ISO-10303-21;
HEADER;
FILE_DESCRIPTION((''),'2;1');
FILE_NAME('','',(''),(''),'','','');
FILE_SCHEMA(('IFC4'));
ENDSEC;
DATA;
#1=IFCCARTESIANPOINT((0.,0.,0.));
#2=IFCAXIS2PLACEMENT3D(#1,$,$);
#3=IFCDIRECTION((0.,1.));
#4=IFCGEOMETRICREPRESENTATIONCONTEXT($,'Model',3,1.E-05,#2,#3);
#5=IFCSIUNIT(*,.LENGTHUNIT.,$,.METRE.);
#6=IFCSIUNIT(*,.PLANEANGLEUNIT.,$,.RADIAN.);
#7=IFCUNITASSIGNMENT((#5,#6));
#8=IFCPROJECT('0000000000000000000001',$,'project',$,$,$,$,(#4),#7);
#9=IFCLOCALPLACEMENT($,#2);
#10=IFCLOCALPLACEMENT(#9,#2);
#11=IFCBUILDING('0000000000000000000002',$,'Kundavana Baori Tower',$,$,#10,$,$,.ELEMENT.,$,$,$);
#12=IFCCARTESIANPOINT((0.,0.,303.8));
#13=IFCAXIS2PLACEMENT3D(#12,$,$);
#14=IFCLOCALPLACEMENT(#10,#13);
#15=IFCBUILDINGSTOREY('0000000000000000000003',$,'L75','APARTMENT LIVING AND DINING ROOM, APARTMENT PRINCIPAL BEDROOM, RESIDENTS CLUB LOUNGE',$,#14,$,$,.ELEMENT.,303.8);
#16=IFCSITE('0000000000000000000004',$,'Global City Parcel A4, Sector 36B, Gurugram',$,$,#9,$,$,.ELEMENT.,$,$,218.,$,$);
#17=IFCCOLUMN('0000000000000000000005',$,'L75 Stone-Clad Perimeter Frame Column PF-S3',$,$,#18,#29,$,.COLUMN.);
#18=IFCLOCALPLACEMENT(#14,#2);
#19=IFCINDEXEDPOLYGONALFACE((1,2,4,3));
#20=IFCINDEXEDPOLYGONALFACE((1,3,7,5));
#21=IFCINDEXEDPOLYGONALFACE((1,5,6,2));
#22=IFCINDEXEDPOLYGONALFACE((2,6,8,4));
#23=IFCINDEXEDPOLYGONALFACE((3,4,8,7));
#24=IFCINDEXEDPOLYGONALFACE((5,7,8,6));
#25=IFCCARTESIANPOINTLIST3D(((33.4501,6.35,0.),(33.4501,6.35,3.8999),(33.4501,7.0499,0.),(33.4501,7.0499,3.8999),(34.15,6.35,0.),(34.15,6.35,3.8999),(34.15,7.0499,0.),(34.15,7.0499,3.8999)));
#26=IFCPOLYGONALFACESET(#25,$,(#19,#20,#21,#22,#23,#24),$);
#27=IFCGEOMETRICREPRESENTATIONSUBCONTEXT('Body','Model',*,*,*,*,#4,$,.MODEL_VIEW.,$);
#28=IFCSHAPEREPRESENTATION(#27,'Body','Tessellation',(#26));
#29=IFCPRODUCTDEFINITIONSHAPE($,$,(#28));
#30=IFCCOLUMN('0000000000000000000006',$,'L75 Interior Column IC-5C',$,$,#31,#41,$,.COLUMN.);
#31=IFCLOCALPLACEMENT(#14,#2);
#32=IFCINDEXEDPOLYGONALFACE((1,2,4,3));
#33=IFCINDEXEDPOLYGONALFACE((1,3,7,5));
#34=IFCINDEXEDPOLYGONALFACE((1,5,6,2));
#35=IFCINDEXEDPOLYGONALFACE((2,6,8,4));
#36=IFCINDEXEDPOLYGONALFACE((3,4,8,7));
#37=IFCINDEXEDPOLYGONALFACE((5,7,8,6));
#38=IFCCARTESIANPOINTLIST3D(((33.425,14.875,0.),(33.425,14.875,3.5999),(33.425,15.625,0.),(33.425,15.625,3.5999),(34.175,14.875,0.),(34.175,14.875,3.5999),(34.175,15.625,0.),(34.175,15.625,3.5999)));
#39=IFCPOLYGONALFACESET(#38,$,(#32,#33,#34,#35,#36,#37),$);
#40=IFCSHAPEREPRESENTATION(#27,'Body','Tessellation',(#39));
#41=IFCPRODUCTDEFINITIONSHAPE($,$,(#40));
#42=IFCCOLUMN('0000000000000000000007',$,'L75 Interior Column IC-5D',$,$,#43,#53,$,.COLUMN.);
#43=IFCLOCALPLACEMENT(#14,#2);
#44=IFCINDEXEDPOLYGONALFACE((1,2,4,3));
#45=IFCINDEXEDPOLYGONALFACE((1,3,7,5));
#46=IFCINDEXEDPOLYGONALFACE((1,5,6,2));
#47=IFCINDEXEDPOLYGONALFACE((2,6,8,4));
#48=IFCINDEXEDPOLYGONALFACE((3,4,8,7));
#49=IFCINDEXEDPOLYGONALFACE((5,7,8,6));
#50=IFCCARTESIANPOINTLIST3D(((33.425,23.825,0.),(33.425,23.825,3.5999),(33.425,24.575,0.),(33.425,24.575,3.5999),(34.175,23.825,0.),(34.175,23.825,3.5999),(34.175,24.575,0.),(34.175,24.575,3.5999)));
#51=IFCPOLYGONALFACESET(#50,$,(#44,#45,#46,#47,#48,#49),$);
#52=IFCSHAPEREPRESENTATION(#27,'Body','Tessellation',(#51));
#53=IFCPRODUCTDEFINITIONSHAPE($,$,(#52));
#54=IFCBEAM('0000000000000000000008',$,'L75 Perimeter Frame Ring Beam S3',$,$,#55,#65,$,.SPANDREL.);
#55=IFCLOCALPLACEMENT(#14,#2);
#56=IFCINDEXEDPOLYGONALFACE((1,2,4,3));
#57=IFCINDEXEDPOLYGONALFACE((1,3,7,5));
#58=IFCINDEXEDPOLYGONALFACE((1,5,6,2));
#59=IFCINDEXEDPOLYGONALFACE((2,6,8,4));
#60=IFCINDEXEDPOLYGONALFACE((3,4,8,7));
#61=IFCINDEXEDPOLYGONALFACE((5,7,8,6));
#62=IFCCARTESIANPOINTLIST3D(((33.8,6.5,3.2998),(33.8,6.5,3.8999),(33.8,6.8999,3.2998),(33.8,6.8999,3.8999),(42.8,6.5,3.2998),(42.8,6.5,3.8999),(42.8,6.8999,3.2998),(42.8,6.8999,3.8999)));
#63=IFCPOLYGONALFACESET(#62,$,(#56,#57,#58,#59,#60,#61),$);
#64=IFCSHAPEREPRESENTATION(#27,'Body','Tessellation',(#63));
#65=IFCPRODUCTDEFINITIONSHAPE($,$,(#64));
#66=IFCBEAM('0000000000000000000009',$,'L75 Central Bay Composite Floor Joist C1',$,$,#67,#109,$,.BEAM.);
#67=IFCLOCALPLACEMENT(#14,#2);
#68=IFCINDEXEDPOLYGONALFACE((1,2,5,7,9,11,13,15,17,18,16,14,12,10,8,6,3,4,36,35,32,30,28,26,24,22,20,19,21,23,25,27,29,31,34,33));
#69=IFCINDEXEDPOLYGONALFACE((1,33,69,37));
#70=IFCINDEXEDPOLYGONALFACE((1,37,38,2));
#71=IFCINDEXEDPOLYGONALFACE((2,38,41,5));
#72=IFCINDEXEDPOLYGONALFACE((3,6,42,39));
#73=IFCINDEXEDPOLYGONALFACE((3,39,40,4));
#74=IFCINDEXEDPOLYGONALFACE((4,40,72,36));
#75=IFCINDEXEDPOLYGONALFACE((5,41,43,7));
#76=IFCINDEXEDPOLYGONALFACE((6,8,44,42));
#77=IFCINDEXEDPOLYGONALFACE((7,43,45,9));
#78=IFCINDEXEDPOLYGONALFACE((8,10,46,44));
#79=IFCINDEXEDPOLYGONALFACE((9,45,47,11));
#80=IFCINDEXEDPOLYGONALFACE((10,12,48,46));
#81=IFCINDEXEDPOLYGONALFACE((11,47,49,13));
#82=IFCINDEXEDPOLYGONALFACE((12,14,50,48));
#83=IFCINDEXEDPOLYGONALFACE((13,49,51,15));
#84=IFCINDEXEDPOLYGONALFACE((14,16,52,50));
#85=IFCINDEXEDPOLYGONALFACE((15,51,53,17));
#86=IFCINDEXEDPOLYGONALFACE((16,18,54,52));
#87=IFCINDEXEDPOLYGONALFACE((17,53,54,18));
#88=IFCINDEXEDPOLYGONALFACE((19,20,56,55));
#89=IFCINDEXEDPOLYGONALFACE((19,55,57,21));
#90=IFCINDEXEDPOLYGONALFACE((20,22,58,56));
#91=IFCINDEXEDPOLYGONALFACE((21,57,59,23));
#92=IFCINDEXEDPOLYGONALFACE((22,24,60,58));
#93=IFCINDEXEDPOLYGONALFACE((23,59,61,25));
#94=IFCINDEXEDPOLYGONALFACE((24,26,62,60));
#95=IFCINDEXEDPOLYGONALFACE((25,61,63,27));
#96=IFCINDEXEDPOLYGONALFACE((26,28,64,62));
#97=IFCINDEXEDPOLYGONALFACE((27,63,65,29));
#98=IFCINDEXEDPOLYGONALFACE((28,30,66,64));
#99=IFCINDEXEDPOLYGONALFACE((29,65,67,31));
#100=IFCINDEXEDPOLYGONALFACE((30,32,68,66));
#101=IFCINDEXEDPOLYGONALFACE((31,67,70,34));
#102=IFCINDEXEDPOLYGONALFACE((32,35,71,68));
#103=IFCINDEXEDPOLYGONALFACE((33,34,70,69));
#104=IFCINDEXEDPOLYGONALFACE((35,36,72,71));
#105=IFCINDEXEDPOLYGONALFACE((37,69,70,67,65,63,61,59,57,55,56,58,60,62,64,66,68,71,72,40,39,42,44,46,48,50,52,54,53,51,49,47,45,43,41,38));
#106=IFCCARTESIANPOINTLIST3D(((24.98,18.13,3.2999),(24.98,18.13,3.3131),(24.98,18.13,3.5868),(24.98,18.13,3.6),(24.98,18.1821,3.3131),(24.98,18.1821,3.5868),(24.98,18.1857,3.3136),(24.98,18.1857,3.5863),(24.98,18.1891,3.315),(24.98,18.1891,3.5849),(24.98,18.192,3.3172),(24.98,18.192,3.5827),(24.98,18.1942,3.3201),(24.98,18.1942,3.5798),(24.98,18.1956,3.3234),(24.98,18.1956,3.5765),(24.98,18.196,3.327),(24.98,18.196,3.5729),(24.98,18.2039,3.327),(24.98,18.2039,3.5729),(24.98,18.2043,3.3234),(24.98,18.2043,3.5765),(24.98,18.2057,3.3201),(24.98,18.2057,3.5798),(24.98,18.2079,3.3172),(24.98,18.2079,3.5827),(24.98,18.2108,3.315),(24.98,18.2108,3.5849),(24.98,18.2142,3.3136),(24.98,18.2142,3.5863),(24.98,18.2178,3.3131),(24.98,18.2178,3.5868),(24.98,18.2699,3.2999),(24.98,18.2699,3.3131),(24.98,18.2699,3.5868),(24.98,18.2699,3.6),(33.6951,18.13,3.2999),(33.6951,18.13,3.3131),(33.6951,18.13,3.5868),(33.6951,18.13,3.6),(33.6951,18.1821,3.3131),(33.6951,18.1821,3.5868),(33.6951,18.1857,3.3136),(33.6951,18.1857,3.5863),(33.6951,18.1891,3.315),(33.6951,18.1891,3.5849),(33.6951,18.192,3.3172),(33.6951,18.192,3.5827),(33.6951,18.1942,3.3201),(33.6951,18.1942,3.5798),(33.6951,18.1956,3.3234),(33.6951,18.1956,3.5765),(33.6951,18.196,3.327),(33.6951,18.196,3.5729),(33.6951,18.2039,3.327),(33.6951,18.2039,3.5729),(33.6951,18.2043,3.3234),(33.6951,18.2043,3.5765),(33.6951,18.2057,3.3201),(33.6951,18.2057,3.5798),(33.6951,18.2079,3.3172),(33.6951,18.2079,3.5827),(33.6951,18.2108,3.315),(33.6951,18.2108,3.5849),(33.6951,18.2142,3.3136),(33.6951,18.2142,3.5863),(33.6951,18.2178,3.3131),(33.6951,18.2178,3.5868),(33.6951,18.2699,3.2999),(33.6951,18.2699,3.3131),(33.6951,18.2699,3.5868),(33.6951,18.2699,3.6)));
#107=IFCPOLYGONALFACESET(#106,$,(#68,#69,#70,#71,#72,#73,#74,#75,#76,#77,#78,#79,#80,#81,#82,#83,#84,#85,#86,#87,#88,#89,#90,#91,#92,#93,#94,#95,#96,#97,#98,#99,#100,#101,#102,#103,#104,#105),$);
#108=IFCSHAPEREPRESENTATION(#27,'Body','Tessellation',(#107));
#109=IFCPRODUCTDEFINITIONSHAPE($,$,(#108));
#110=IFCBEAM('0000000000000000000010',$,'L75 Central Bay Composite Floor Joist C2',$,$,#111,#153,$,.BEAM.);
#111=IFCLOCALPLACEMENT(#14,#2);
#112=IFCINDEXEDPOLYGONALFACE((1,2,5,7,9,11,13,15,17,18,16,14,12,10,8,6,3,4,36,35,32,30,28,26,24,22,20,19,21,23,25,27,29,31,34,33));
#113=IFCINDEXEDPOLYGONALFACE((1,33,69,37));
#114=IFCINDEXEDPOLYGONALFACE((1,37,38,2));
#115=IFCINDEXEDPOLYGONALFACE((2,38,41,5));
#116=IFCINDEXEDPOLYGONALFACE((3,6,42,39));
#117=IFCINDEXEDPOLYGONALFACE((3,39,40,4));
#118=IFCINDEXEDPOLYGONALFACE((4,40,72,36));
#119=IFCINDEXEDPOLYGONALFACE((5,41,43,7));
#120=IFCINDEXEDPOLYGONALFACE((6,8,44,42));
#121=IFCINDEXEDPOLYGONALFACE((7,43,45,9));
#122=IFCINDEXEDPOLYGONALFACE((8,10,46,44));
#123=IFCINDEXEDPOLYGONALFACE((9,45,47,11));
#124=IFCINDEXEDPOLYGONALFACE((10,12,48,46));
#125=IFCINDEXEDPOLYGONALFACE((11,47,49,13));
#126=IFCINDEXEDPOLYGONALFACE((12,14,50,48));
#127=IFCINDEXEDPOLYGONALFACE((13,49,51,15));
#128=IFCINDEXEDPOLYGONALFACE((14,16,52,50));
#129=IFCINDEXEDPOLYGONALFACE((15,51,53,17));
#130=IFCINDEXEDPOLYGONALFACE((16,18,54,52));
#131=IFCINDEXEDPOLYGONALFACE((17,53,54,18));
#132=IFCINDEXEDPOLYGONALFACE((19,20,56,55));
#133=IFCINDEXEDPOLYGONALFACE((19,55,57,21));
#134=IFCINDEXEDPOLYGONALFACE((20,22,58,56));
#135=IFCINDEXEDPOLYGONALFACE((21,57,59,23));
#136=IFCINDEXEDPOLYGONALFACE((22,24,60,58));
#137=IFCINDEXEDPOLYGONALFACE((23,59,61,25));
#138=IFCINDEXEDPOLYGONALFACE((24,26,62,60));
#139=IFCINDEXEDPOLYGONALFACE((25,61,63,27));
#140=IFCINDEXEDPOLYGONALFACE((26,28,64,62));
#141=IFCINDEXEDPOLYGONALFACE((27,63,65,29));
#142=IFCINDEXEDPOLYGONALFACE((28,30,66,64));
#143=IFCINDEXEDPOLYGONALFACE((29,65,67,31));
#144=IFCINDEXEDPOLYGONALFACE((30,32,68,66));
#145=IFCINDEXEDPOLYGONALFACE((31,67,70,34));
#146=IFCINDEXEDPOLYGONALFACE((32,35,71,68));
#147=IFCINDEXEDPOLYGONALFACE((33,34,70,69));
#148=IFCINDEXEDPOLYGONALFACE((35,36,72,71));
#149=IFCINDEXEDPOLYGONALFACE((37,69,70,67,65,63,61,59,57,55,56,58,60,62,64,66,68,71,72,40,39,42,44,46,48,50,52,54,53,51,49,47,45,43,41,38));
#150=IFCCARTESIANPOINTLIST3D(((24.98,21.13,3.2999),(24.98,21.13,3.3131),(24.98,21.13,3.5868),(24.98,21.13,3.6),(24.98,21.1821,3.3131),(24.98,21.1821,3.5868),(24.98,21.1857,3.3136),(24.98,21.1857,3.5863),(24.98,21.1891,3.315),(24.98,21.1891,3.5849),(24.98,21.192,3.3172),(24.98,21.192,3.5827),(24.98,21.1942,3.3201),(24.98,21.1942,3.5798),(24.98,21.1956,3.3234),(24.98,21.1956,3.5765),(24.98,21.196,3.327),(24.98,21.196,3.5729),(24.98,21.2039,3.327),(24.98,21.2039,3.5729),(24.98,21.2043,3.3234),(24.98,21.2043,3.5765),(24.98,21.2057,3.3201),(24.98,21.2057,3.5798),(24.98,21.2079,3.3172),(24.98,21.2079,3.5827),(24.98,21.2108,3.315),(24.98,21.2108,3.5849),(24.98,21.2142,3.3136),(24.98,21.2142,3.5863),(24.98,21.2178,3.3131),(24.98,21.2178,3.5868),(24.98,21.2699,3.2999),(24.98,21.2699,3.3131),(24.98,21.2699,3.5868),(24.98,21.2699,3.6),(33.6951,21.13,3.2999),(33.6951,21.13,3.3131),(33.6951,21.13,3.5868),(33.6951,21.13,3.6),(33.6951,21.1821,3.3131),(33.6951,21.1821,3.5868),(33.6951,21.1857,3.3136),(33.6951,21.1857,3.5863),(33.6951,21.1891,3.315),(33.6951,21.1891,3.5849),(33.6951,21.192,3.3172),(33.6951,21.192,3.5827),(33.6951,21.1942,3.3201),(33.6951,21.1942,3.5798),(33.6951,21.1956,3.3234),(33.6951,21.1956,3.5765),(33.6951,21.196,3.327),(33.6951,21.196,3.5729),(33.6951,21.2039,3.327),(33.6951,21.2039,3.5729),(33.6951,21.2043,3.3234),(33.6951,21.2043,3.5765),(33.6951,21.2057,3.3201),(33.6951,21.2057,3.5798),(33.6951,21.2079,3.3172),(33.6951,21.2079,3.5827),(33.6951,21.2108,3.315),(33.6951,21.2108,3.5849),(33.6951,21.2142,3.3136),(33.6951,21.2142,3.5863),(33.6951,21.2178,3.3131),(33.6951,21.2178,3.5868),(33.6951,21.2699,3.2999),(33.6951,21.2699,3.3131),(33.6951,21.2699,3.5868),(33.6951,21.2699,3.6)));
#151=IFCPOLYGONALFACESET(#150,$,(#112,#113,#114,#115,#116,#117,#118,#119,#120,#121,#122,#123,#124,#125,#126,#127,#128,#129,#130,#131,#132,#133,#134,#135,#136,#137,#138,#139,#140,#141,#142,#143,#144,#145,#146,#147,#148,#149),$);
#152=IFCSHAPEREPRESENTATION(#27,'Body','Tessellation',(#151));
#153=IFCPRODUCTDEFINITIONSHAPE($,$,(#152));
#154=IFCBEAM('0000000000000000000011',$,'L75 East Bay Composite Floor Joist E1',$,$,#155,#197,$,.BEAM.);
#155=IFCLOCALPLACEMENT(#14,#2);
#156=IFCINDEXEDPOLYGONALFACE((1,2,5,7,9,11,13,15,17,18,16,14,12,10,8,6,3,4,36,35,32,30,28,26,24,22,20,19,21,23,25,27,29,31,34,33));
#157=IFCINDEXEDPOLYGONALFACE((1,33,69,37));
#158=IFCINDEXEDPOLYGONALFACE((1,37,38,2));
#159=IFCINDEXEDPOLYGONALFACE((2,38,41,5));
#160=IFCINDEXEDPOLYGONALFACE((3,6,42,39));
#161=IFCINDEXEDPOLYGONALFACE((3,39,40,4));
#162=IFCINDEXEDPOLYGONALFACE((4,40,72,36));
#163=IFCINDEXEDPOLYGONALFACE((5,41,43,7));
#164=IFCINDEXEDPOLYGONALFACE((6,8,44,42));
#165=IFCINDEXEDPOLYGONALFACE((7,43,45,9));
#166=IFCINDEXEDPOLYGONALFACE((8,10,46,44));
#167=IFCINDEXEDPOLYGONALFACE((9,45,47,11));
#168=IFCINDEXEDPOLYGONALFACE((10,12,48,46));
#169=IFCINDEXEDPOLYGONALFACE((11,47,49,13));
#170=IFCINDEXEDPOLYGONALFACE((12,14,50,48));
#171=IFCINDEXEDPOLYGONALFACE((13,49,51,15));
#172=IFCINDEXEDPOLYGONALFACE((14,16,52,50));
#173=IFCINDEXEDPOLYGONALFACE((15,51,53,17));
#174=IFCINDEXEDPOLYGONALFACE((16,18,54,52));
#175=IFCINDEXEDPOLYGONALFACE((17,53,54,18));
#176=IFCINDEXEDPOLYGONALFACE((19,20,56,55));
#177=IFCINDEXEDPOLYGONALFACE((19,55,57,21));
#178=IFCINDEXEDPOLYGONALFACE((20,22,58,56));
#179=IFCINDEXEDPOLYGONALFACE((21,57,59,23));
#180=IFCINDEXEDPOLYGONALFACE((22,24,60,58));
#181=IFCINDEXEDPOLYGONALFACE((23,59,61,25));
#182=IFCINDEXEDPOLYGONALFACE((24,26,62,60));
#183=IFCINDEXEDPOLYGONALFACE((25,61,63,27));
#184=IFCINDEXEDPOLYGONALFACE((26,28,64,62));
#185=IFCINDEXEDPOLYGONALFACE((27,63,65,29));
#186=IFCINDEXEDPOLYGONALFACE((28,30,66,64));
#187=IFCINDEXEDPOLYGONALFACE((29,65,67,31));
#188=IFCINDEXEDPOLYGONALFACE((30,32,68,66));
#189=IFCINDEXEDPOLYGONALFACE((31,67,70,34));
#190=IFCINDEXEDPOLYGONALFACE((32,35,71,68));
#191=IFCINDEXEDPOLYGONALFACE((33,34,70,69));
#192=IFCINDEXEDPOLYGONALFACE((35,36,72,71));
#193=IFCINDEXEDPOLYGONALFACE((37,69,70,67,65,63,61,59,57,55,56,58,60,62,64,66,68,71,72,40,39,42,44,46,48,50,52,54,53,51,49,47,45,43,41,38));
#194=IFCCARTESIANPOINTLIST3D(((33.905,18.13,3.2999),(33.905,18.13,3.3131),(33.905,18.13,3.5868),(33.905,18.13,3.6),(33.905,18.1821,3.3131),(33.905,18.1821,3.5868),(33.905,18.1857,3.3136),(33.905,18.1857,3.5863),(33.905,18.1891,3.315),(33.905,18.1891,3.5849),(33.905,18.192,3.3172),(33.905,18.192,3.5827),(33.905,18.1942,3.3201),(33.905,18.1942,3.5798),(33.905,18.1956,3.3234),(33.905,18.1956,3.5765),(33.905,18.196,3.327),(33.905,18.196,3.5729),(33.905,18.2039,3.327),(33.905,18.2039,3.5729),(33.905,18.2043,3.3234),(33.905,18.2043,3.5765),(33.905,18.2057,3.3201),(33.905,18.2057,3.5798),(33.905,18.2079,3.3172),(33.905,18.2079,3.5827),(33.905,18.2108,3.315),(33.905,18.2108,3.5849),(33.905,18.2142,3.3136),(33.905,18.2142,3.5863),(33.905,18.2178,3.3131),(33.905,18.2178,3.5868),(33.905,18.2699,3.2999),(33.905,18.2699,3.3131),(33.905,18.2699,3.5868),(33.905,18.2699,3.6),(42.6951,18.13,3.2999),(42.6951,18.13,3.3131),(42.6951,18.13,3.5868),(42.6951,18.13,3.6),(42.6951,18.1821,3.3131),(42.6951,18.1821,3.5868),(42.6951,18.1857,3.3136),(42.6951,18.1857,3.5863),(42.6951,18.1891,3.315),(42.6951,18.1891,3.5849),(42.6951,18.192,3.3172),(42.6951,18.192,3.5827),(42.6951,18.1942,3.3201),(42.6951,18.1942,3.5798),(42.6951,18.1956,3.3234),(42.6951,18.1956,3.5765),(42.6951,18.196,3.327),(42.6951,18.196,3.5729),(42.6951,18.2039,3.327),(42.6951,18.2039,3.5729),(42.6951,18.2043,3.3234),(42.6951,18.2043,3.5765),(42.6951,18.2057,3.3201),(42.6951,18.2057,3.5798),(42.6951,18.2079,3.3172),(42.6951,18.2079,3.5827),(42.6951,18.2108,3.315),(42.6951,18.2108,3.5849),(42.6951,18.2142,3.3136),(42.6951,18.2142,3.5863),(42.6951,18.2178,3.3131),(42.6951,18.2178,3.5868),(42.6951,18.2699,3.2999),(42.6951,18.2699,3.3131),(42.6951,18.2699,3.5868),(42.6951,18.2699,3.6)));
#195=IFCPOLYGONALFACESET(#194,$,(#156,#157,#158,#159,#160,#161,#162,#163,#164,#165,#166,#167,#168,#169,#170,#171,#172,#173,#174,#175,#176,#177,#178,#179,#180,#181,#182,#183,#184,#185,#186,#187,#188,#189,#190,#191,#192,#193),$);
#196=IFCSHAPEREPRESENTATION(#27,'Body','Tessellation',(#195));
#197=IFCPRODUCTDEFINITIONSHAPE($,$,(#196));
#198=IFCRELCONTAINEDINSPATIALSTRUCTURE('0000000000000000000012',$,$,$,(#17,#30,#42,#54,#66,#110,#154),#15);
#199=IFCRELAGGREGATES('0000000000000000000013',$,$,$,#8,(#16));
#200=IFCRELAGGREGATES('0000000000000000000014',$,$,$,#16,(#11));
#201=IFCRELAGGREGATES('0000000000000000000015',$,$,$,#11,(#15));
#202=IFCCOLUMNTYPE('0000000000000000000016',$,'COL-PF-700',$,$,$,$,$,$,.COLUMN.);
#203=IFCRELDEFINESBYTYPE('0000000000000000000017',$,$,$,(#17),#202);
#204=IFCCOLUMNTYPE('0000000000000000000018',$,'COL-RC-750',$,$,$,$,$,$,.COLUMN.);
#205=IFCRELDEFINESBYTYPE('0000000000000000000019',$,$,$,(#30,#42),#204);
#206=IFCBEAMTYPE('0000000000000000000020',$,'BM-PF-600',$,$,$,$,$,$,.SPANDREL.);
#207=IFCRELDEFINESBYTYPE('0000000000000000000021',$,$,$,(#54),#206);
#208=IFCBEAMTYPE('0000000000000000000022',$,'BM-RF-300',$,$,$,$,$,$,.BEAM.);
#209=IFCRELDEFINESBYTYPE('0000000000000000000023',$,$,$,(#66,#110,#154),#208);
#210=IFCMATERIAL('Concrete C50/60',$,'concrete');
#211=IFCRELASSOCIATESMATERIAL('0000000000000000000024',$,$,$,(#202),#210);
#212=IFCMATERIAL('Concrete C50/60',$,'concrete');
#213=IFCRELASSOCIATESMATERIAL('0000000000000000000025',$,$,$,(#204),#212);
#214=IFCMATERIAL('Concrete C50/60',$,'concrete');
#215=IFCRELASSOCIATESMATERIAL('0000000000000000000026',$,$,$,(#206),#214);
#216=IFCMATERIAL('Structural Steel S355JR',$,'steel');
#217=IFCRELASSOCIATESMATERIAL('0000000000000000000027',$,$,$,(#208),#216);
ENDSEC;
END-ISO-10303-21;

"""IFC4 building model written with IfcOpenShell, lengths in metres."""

from ifc_helpers import new_model, si_unit, direction, frame, origin, origin_2d, place, context, subcontext, project, spatial, rectangle, i_section, extrude, material, material_profile, profile_set, type_object, element, save


model = new_model("IFC4")

# Units and contexts
model_context = context("Model", 3, precision=1e-05, world=origin(), true_north=direction((0.0, 1.0)))
body_context = subcontext(model_context, "Body", "Model", "MODEL_VIEW")
ifc_project = project(units=[si_unit("LENGTHUNIT", "METRE"), si_unit("PLANEANGLEUNIT", "RADIAN")], contexts=[model_context])

# Site, building, storey
site_placement = place(None, origin())
site = spatial("IfcSite", under=ifc_project, at=site_placement, Name="Global City Parcel A4, Sector 36B, Gurugram", CompositionType="ELEMENT", RefElevation=218.0)
building_placement = place(site_placement, origin())
building = spatial("IfcBuilding", under=site, at=building_placement, Name="Kundavana Baori Tower", CompositionType="ELEMENT")
storey_placement = place(building_placement, frame((0.0, 0.0, 303.8)))
storey = spatial("IfcBuildingStorey", under=building, at=storey_placement, Name="L75", Description="APARTMENT LIVING AND DINING ROOM, APARTMENT PRINCIPAL BEDROOM, RESIDENTS CLUB LOUNGE", CompositionType="ELEMENT", Elevation=303.8)

# Columns
ifc_material_1 = material(Name="Concrete C50/60", Category="concrete")
ifc_material_profile_1 = material_profile(ifc_material_1, rectangle(XDim=0.7, YDim=0.7, at=origin_2d()), Name="RC PF 700x700")
ifc_profile_set_1 = profile_set([ifc_material_profile_1], Name="Concrete C50/60")
column_type_1 = type_object("IfcColumnType", Name="COL-PF-700", PredefinedType="COLUMN", material=ifc_profile_set_1)
column_placement = place(storey_placement, frame((33.8, 6.7, 0.0), z_axis=(0.0, 0.0, 1.0), x_axis=(1.0, 0.0, 0.0)))
element("IfcColumn", 1, at=column_placement, inside=storey, type_object=column_type_1, Name="L75 Stone-Clad Perimeter Frame Column PF-S3", PredefinedType="COLUMN", context=body_context, shape_type="SweptSolid", body=[
    extrude(rectangle(XDim=0.7, YDim=0.7, at=origin_2d()), origin(), (0.0, 0.0, 1.0), 3.8999),
])
ifc_material_2 = material(Name="Concrete C50/60", Category="concrete")
ifc_material_profile_2 = material_profile(ifc_material_2, rectangle(XDim=0.75, YDim=0.75, at=origin_2d()), Name="RC 750x750")
ifc_profile_set_2 = profile_set([ifc_material_profile_2], Name="Concrete C50/60")
column_type_2 = type_object("IfcColumnType", Name="COL-RC-750", PredefinedType="COLUMN", material=ifc_profile_set_2)
for number, where, z_axis, x_axis, name in (
    (2, (33.8, 15.25, 0.0), (0.0, 0.0, 1.0), (1.0, 0.0, 0.0), "L75 Interior Column IC-5C"),
    (3, (33.8, 24.2, 0.0), (0.0, 0.0, 1.0), (1.0, 0.0, 0.0), "L75 Interior Column IC-5D"),
):
    element("IfcColumn", number, at=place(storey_placement, frame(where, z_axis=z_axis, x_axis=x_axis)), inside=storey, type_object=column_type_2, Name=name, PredefinedType="COLUMN", context=body_context, shape_type="SweptSolid", body=[
        extrude(rectangle(XDim=0.75, YDim=0.75, at=origin_2d()), origin(), (0.0, 0.0, 1.0), 3.5999),
    ])

# Beams
ifc_material_3 = material(Name="Concrete C50/60", Category="concrete")
ifc_material_profile_3 = material_profile(ifc_material_3, rectangle(XDim=0.3999, YDim=0.6001, at=origin_2d()), Name="RC BM 400x600")
ifc_profile_set_3 = profile_set([ifc_material_profile_3], Name="Concrete C50/60")
beam_type_1 = type_object("IfcBeamType", Name="BM-PF-600", PredefinedType="SPANDREL", material=ifc_profile_set_3)
beam_1_placement = place(storey_placement, frame((33.8, 6.7, 3.5999), z_axis=(1.0, 0.0, 0.0), x_axis=(0.0, 1.0, 0.0)))
element("IfcBeam", 4, at=beam_1_placement, inside=storey, type_object=beam_type_1, Name="L75 Perimeter Frame Ring Beam S3", PredefinedType="SPANDREL", context=body_context, shape_type="SweptSolid", body=[
    extrude(rectangle(XDim=0.3999, YDim=0.6001, at=origin_2d()), origin(), (0.0, 0.0, 1.0), 9.0),
])
ifc_material_4 = material(Name="Structural Steel S355JR", Category="steel")
ifc_material_profile_4 = material_profile(ifc_material_4, i_section(OverallWidth=0.1399, OverallDepth=0.3, WebThickness=0.0078, FlangeThickness=0.0132, FilletRadius=0.0139, at=origin_2d()), Name="ISMB 300")
ifc_profile_set_4 = profile_set([ifc_material_profile_4], Name="Structural Steel S355JR")
beam_type_2 = type_object("IfcBeamType", Name="BM-RF-300", PredefinedType="BEAM", material=ifc_profile_set_4)
for number, where, z_axis, x_axis, name in (
    (5, (24.98, 18.2, 3.45), (1.0, 0.0, 0.0), (0.0, 1.0, 0.0), "L75 Central Bay Composite Floor Joist C1"),
    (6, (24.98, 21.2, 3.45), (1.0, 0.0, 0.0), (0.0, 1.0, 0.0), "L75 Central Bay Composite Floor Joist C2"),
):
    element("IfcBeam", number, at=place(storey_placement, frame(where, z_axis=z_axis, x_axis=x_axis)), inside=storey, type_object=beam_type_2, Name=name, PredefinedType="BEAM", context=body_context, shape_type="SweptSolid", body=[
        extrude(i_section(OverallWidth=0.1399, OverallDepth=0.3, WebThickness=0.0078, FlangeThickness=0.0132, FilletRadius=0.0139, at=origin_2d()), origin(), (0.0, 0.0, 1.0), 8.7151),
    ])
for number, where, z_axis, x_axis, name in (
    (7, (33.905, 18.2, 3.45), (1.0, 0.0, 0.0), (0.0, 1.0, 0.0), "L75 East Bay Composite Floor Joist E1"),
):
    element("IfcBeam", number, at=place(storey_placement, frame(where, z_axis=z_axis, x_axis=x_axis)), inside=storey, type_object=beam_type_2, Name=name, PredefinedType="BEAM", context=body_context, shape_type="SweptSolid", body=[
        extrude(i_section(OverallWidth=0.1399, OverallDepth=0.3, WebThickness=0.0078, FlangeThickness=0.0132, FilletRadius=0.0139, at=origin_2d()), origin(), (0.0, 0.0, 1.0), 8.79),
    ])

save(model, "model.ifc")
